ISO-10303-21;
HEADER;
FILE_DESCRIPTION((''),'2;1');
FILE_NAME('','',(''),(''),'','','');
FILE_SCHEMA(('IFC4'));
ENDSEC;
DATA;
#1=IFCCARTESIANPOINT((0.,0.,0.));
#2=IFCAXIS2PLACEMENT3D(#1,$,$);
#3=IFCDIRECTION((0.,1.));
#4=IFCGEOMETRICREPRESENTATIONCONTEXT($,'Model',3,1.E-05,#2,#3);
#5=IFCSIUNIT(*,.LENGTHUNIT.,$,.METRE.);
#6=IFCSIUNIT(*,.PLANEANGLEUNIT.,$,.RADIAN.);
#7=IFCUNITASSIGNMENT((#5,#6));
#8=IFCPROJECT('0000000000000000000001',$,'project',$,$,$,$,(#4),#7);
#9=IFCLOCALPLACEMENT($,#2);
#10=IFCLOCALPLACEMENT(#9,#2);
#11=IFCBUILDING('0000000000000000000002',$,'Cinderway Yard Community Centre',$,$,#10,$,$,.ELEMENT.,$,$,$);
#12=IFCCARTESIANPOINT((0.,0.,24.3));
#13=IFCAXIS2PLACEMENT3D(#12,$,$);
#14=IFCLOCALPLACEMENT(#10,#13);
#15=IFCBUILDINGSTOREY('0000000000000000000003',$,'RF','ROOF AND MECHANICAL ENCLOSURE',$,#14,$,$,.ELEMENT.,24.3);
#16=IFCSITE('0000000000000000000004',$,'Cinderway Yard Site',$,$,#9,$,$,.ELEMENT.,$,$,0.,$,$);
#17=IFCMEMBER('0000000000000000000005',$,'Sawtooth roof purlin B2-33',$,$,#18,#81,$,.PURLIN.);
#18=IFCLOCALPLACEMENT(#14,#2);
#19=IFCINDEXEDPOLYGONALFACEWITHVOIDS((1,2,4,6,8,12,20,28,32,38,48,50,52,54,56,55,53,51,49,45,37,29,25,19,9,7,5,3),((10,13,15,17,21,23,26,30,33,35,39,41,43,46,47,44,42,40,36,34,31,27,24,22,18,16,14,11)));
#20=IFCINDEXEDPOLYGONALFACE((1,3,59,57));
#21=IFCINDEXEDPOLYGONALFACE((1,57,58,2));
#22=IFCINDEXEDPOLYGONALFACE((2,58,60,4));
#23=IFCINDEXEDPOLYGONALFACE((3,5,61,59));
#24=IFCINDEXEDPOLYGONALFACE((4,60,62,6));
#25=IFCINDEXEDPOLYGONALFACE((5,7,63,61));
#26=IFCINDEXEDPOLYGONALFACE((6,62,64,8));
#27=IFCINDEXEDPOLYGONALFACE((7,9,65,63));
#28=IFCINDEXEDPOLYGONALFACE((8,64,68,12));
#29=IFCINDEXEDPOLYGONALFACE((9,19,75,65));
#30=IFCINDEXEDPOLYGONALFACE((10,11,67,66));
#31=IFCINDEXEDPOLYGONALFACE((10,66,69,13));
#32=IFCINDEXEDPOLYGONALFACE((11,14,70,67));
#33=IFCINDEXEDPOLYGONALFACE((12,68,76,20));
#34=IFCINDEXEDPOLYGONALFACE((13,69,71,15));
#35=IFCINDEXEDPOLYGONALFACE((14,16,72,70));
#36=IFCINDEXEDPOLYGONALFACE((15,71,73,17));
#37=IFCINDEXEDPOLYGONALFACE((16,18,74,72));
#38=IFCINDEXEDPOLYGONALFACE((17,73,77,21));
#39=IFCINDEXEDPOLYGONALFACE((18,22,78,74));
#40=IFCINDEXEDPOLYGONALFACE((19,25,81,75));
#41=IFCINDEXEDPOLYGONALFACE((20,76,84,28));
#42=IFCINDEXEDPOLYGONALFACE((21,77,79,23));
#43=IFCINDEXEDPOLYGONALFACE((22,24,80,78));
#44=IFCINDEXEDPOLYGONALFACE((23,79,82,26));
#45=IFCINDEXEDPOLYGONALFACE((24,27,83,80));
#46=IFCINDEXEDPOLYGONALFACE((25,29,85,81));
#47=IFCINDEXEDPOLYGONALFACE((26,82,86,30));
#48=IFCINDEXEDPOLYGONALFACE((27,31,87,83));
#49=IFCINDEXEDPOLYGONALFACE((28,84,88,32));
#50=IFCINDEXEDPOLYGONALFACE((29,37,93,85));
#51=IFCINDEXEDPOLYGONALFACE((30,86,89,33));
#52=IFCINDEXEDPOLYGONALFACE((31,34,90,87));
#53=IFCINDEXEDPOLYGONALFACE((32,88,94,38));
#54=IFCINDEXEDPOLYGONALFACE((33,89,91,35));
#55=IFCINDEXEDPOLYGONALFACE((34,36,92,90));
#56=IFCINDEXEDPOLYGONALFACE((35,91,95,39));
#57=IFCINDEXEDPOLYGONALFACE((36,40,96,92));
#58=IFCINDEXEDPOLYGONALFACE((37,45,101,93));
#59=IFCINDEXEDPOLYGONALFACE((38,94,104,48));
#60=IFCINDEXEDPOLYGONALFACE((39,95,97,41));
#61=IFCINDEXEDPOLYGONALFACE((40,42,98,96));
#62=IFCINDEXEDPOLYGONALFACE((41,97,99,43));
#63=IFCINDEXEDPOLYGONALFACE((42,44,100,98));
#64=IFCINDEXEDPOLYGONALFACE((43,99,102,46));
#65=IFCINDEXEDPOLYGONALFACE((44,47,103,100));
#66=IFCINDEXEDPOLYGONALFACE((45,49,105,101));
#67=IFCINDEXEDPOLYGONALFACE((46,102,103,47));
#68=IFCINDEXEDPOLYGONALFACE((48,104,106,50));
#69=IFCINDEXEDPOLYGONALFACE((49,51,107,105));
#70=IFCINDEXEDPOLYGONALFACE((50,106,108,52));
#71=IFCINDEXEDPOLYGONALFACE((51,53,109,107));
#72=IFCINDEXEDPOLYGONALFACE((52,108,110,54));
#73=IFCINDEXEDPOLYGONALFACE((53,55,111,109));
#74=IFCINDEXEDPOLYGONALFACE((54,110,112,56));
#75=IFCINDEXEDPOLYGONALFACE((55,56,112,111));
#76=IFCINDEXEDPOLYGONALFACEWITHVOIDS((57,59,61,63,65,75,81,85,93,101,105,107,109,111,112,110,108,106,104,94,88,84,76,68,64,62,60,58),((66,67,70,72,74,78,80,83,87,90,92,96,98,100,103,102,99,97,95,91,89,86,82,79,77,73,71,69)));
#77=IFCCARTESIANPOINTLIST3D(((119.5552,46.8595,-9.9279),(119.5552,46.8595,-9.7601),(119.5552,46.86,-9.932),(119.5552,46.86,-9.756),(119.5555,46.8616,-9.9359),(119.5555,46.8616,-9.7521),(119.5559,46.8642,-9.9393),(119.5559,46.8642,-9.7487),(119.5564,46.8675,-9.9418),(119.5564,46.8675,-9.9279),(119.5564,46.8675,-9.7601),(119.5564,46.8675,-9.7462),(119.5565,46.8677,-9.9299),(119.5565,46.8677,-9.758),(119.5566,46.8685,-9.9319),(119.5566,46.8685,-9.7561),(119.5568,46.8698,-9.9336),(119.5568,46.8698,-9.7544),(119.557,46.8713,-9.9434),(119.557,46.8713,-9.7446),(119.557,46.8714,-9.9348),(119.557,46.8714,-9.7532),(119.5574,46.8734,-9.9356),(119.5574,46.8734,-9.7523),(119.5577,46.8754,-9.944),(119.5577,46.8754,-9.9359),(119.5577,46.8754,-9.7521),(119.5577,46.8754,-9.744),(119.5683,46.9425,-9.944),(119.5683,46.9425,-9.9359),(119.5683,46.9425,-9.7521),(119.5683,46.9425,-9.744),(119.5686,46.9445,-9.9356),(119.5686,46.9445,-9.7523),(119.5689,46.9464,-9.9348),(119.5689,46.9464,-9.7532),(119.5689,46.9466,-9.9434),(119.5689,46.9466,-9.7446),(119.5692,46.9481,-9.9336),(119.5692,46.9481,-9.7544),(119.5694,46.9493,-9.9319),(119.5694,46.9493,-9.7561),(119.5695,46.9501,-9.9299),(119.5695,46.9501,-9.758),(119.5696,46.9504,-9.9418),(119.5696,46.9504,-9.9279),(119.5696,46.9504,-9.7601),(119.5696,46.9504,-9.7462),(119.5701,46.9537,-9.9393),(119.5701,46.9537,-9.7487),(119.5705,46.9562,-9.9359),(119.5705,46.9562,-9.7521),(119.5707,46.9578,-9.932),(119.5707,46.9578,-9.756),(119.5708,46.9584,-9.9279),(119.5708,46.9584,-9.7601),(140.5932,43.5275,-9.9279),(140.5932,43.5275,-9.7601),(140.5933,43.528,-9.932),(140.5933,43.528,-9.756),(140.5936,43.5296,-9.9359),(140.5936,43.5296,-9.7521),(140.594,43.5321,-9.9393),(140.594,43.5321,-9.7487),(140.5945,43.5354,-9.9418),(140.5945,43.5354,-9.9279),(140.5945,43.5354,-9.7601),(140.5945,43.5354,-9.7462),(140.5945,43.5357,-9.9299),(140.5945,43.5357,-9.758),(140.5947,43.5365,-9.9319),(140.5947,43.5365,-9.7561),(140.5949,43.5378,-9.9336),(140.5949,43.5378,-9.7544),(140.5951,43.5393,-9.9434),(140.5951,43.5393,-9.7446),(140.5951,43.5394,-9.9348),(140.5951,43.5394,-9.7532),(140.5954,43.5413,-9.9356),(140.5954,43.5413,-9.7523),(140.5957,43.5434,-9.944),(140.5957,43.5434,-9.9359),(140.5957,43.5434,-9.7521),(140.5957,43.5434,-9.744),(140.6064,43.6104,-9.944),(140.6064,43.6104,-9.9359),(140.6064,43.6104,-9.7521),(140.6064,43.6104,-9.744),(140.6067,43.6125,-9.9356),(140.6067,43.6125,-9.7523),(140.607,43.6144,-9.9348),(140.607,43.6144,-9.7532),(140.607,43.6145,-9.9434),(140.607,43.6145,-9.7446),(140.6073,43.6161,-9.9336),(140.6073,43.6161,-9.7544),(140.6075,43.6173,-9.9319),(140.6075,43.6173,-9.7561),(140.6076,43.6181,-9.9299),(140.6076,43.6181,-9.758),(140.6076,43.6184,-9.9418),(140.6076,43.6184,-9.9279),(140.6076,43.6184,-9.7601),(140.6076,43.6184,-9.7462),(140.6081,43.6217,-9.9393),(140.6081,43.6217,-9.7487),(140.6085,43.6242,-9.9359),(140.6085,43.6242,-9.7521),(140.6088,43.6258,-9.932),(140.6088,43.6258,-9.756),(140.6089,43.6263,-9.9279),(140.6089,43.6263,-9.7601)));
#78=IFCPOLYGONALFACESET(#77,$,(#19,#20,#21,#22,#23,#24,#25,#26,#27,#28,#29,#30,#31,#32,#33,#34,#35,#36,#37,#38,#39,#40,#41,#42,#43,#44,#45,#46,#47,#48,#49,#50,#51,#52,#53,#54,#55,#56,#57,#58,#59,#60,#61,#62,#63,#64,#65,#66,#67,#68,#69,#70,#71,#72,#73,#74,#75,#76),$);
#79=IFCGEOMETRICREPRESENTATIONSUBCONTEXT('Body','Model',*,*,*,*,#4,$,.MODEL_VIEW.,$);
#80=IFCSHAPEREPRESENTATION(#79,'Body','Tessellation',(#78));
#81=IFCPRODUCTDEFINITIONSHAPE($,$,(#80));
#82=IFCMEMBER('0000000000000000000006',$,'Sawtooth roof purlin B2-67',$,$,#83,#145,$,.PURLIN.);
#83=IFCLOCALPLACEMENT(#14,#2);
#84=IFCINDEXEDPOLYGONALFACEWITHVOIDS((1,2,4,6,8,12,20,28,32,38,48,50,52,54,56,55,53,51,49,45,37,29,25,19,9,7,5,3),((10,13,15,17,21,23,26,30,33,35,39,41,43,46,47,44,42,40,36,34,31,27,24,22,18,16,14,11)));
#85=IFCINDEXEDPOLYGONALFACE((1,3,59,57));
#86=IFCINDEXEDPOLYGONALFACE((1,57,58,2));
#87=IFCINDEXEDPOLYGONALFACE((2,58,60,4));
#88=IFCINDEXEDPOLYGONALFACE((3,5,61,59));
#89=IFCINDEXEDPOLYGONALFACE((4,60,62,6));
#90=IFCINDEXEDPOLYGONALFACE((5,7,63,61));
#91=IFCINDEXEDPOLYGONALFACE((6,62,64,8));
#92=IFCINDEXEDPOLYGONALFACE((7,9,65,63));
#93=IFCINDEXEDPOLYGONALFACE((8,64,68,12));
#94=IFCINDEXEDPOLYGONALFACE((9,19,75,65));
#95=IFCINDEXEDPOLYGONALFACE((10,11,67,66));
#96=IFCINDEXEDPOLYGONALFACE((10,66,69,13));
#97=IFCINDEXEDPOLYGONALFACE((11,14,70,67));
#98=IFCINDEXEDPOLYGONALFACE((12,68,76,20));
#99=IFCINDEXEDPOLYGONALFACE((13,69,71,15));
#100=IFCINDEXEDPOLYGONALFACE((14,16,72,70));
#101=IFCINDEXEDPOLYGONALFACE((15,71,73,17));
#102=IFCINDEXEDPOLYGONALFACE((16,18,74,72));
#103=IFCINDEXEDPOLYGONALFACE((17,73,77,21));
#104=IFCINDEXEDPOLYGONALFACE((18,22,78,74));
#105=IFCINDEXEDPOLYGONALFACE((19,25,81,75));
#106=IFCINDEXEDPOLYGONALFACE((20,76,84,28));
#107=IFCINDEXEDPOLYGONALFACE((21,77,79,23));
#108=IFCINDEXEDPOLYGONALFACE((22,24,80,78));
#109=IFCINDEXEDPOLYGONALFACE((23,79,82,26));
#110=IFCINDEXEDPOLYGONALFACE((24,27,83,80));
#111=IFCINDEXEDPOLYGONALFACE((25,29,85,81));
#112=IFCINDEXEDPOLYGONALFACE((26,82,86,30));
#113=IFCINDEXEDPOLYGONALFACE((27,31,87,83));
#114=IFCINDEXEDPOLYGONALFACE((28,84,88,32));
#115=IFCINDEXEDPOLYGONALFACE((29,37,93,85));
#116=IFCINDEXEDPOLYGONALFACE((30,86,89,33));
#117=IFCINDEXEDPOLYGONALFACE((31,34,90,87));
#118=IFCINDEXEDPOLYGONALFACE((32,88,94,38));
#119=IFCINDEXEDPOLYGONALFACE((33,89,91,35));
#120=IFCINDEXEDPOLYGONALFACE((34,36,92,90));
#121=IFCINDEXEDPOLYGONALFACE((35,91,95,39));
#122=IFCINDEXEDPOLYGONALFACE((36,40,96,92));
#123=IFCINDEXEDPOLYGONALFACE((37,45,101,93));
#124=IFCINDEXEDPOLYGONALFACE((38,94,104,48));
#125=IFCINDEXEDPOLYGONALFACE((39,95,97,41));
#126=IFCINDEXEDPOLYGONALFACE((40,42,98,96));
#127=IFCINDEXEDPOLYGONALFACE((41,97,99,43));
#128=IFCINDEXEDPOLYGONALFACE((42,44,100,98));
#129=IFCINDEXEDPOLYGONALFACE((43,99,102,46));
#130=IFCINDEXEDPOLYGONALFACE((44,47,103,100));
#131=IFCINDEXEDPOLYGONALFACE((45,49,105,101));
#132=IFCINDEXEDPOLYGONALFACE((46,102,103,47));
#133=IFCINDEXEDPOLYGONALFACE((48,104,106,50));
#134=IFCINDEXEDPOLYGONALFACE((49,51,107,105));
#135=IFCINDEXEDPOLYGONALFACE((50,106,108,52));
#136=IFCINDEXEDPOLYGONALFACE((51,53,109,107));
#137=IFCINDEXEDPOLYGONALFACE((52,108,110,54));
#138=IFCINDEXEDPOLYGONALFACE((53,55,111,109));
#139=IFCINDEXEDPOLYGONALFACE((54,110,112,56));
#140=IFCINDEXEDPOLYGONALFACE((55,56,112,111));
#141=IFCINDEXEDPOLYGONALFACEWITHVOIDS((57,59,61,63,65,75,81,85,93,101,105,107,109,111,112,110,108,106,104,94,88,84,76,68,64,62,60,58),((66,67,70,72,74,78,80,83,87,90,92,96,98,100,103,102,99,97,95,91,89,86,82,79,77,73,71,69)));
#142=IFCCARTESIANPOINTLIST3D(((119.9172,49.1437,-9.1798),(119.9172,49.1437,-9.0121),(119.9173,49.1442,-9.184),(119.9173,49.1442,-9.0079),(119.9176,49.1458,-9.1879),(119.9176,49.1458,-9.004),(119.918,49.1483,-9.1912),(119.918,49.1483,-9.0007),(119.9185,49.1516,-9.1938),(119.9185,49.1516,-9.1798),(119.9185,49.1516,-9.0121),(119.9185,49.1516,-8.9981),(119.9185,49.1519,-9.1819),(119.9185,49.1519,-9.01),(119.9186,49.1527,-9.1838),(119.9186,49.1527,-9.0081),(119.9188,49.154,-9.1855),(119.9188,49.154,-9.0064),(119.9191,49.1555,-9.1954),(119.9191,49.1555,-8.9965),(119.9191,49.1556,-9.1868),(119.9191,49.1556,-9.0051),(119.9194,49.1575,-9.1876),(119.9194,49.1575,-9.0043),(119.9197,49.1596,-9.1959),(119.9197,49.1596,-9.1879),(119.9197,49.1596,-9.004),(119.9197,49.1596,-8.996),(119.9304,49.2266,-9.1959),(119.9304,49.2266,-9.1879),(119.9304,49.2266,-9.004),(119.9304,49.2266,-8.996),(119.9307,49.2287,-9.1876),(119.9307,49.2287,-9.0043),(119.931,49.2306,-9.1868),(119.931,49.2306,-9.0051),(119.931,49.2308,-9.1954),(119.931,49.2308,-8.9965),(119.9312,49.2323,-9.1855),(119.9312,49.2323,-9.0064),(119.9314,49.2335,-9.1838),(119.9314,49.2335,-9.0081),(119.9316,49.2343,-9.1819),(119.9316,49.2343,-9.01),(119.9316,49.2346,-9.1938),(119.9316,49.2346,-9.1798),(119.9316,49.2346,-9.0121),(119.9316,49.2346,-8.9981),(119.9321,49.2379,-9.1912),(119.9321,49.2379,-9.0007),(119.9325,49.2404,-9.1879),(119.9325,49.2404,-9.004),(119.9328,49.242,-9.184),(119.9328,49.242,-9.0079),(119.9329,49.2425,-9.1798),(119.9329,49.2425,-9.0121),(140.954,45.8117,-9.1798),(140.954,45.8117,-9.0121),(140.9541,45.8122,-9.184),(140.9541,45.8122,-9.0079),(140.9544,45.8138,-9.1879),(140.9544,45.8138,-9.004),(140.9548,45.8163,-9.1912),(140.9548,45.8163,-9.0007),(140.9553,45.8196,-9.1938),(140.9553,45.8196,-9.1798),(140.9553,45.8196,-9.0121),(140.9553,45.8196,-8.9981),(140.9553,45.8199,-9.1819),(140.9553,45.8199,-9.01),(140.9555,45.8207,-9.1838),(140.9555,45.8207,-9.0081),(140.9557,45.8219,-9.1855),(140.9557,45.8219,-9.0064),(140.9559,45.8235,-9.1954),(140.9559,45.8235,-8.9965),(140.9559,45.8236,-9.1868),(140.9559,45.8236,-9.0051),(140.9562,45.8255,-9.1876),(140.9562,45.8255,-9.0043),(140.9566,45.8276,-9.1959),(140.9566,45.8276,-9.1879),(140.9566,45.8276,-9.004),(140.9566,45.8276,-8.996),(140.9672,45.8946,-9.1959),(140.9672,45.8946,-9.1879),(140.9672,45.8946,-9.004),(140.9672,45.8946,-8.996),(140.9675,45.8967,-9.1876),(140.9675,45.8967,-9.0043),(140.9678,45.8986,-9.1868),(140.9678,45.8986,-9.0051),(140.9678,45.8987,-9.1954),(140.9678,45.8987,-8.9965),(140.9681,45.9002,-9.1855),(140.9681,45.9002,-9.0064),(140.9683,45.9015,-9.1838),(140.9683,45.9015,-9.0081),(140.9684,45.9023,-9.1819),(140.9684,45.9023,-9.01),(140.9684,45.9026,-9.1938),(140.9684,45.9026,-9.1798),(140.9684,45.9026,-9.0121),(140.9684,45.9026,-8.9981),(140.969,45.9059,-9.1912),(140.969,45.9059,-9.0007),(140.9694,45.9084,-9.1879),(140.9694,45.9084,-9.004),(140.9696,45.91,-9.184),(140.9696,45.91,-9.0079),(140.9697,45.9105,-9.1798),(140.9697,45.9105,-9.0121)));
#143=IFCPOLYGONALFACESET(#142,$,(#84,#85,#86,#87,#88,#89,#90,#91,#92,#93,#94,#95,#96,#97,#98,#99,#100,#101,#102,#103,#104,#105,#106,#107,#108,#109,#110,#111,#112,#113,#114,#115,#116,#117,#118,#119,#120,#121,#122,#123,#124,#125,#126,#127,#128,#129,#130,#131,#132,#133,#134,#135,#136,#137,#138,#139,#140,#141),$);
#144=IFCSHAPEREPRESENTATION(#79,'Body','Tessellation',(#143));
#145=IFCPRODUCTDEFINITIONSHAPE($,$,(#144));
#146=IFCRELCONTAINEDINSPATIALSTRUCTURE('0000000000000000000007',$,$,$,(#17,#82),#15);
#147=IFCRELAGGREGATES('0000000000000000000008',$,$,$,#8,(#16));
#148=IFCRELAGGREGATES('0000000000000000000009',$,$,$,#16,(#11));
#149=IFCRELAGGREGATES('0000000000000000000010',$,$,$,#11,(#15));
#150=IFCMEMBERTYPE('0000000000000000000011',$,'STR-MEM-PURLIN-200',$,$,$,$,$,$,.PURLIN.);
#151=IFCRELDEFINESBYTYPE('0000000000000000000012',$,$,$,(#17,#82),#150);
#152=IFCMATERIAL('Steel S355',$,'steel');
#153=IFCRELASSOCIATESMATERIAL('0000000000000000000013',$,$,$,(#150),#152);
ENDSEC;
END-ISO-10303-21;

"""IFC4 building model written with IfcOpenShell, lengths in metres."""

from ifc_helpers import new_model, si_unit, direction, frame, origin, origin_2d, place, context, subcontext, project, spatial, hollow_rectangle, extrude, material, material_profile, profile_set, type_object, element, save


model = new_model("IFC4")

# Units and contexts
model_context = context("Model", 3, precision=1e-05, world=origin(), true_north=direction((0.0, 1.0)))
body_context = subcontext(model_context, "Body", "Model", "MODEL_VIEW")
ifc_project = project(units=[si_unit("LENGTHUNIT", "METRE"), si_unit("PLANEANGLEUNIT", "RADIAN")], contexts=[model_context])

# Site, building, storey
site_placement = place(None, origin())
site = spatial("IfcSite", under=ifc_project, at=site_placement, Name="Cinderway Yard Site", CompositionType="ELEMENT", RefElevation=0.0)
building_placement = place(site_placement, origin())
building = spatial("IfcBuilding", under=site, at=building_placement, Name="Cinderway Yard Community Centre", CompositionType="ELEMENT")
storey_placement = place(building_placement, frame((0.0, 0.0, 24.3)))
storey = spatial("IfcBuildingStorey", under=building, at=storey_placement, Name="RF", Description="ROOF AND MECHANICAL ENCLOSURE", CompositionType="ELEMENT", Elevation=24.3)

# Shared definitions
ifc_material_1 = material(Name="Steel S355", Category="steel")

# Members
ifc_material_profile_1 = material_profile(ifc_material_1, hollow_rectangle(XDim=0.1001, YDim=0.2, WallThickness=0.0081, InnerFilletRadius=0.0081, OuterFilletRadius=0.0161, at=origin_2d()), Name="Steel S355")
ifc_profile_set_1 = profile_set([ifc_material_profile_1], Name="Steel S355")
member_type_1 = type_object("IfcMemberType", Name="STR-MEM-PURLIN-200", PredefinedType="PURLIN", material=ifc_profile_set_1)
member_1_placement = place(storey_placement, frame((119.563, 46.9089, -9.844), z_axis=(0.987689, -0.156431, 0.0), x_axis=(0.156431, 0.987689, 0.0)))
element("IfcMember", 1, at=member_1_placement, inside=storey, type_object=member_type_1, Name="Sawtooth roof purlin B2-33", PredefinedType="PURLIN", context=body_context, shape_type="SweptSolid", body=[
    extrude(hollow_rectangle(XDim=0.1001, YDim=0.2, WallThickness=0.0081, InnerFilletRadius=0.0081, OuterFilletRadius=0.0161, at=origin_2d()), origin(), (0.0, 0.0, 1.0), 21.3003),
])
member_2_placement = place(storey_placement, frame((119.925, 49.1931, -9.0959), z_axis=(0.987687, -0.15644, 0.0), x_axis=(0.15644, 0.987687, 0.0)))
element("IfcMember", 2, at=member_2_placement, inside=storey, type_object=member_type_1, Name="Sawtooth roof purlin B2-67", PredefinedType="PURLIN", context=body_context, shape_type="SweptSolid", body=[
    extrude(hollow_rectangle(XDim=0.1001, YDim=0.2, WallThickness=0.0081, InnerFilletRadius=0.0081, OuterFilletRadius=0.0161, at=origin_2d()), origin(), (0.0, 0.0, 1.0), 21.2991),
])

save(model, "model.ifc")
